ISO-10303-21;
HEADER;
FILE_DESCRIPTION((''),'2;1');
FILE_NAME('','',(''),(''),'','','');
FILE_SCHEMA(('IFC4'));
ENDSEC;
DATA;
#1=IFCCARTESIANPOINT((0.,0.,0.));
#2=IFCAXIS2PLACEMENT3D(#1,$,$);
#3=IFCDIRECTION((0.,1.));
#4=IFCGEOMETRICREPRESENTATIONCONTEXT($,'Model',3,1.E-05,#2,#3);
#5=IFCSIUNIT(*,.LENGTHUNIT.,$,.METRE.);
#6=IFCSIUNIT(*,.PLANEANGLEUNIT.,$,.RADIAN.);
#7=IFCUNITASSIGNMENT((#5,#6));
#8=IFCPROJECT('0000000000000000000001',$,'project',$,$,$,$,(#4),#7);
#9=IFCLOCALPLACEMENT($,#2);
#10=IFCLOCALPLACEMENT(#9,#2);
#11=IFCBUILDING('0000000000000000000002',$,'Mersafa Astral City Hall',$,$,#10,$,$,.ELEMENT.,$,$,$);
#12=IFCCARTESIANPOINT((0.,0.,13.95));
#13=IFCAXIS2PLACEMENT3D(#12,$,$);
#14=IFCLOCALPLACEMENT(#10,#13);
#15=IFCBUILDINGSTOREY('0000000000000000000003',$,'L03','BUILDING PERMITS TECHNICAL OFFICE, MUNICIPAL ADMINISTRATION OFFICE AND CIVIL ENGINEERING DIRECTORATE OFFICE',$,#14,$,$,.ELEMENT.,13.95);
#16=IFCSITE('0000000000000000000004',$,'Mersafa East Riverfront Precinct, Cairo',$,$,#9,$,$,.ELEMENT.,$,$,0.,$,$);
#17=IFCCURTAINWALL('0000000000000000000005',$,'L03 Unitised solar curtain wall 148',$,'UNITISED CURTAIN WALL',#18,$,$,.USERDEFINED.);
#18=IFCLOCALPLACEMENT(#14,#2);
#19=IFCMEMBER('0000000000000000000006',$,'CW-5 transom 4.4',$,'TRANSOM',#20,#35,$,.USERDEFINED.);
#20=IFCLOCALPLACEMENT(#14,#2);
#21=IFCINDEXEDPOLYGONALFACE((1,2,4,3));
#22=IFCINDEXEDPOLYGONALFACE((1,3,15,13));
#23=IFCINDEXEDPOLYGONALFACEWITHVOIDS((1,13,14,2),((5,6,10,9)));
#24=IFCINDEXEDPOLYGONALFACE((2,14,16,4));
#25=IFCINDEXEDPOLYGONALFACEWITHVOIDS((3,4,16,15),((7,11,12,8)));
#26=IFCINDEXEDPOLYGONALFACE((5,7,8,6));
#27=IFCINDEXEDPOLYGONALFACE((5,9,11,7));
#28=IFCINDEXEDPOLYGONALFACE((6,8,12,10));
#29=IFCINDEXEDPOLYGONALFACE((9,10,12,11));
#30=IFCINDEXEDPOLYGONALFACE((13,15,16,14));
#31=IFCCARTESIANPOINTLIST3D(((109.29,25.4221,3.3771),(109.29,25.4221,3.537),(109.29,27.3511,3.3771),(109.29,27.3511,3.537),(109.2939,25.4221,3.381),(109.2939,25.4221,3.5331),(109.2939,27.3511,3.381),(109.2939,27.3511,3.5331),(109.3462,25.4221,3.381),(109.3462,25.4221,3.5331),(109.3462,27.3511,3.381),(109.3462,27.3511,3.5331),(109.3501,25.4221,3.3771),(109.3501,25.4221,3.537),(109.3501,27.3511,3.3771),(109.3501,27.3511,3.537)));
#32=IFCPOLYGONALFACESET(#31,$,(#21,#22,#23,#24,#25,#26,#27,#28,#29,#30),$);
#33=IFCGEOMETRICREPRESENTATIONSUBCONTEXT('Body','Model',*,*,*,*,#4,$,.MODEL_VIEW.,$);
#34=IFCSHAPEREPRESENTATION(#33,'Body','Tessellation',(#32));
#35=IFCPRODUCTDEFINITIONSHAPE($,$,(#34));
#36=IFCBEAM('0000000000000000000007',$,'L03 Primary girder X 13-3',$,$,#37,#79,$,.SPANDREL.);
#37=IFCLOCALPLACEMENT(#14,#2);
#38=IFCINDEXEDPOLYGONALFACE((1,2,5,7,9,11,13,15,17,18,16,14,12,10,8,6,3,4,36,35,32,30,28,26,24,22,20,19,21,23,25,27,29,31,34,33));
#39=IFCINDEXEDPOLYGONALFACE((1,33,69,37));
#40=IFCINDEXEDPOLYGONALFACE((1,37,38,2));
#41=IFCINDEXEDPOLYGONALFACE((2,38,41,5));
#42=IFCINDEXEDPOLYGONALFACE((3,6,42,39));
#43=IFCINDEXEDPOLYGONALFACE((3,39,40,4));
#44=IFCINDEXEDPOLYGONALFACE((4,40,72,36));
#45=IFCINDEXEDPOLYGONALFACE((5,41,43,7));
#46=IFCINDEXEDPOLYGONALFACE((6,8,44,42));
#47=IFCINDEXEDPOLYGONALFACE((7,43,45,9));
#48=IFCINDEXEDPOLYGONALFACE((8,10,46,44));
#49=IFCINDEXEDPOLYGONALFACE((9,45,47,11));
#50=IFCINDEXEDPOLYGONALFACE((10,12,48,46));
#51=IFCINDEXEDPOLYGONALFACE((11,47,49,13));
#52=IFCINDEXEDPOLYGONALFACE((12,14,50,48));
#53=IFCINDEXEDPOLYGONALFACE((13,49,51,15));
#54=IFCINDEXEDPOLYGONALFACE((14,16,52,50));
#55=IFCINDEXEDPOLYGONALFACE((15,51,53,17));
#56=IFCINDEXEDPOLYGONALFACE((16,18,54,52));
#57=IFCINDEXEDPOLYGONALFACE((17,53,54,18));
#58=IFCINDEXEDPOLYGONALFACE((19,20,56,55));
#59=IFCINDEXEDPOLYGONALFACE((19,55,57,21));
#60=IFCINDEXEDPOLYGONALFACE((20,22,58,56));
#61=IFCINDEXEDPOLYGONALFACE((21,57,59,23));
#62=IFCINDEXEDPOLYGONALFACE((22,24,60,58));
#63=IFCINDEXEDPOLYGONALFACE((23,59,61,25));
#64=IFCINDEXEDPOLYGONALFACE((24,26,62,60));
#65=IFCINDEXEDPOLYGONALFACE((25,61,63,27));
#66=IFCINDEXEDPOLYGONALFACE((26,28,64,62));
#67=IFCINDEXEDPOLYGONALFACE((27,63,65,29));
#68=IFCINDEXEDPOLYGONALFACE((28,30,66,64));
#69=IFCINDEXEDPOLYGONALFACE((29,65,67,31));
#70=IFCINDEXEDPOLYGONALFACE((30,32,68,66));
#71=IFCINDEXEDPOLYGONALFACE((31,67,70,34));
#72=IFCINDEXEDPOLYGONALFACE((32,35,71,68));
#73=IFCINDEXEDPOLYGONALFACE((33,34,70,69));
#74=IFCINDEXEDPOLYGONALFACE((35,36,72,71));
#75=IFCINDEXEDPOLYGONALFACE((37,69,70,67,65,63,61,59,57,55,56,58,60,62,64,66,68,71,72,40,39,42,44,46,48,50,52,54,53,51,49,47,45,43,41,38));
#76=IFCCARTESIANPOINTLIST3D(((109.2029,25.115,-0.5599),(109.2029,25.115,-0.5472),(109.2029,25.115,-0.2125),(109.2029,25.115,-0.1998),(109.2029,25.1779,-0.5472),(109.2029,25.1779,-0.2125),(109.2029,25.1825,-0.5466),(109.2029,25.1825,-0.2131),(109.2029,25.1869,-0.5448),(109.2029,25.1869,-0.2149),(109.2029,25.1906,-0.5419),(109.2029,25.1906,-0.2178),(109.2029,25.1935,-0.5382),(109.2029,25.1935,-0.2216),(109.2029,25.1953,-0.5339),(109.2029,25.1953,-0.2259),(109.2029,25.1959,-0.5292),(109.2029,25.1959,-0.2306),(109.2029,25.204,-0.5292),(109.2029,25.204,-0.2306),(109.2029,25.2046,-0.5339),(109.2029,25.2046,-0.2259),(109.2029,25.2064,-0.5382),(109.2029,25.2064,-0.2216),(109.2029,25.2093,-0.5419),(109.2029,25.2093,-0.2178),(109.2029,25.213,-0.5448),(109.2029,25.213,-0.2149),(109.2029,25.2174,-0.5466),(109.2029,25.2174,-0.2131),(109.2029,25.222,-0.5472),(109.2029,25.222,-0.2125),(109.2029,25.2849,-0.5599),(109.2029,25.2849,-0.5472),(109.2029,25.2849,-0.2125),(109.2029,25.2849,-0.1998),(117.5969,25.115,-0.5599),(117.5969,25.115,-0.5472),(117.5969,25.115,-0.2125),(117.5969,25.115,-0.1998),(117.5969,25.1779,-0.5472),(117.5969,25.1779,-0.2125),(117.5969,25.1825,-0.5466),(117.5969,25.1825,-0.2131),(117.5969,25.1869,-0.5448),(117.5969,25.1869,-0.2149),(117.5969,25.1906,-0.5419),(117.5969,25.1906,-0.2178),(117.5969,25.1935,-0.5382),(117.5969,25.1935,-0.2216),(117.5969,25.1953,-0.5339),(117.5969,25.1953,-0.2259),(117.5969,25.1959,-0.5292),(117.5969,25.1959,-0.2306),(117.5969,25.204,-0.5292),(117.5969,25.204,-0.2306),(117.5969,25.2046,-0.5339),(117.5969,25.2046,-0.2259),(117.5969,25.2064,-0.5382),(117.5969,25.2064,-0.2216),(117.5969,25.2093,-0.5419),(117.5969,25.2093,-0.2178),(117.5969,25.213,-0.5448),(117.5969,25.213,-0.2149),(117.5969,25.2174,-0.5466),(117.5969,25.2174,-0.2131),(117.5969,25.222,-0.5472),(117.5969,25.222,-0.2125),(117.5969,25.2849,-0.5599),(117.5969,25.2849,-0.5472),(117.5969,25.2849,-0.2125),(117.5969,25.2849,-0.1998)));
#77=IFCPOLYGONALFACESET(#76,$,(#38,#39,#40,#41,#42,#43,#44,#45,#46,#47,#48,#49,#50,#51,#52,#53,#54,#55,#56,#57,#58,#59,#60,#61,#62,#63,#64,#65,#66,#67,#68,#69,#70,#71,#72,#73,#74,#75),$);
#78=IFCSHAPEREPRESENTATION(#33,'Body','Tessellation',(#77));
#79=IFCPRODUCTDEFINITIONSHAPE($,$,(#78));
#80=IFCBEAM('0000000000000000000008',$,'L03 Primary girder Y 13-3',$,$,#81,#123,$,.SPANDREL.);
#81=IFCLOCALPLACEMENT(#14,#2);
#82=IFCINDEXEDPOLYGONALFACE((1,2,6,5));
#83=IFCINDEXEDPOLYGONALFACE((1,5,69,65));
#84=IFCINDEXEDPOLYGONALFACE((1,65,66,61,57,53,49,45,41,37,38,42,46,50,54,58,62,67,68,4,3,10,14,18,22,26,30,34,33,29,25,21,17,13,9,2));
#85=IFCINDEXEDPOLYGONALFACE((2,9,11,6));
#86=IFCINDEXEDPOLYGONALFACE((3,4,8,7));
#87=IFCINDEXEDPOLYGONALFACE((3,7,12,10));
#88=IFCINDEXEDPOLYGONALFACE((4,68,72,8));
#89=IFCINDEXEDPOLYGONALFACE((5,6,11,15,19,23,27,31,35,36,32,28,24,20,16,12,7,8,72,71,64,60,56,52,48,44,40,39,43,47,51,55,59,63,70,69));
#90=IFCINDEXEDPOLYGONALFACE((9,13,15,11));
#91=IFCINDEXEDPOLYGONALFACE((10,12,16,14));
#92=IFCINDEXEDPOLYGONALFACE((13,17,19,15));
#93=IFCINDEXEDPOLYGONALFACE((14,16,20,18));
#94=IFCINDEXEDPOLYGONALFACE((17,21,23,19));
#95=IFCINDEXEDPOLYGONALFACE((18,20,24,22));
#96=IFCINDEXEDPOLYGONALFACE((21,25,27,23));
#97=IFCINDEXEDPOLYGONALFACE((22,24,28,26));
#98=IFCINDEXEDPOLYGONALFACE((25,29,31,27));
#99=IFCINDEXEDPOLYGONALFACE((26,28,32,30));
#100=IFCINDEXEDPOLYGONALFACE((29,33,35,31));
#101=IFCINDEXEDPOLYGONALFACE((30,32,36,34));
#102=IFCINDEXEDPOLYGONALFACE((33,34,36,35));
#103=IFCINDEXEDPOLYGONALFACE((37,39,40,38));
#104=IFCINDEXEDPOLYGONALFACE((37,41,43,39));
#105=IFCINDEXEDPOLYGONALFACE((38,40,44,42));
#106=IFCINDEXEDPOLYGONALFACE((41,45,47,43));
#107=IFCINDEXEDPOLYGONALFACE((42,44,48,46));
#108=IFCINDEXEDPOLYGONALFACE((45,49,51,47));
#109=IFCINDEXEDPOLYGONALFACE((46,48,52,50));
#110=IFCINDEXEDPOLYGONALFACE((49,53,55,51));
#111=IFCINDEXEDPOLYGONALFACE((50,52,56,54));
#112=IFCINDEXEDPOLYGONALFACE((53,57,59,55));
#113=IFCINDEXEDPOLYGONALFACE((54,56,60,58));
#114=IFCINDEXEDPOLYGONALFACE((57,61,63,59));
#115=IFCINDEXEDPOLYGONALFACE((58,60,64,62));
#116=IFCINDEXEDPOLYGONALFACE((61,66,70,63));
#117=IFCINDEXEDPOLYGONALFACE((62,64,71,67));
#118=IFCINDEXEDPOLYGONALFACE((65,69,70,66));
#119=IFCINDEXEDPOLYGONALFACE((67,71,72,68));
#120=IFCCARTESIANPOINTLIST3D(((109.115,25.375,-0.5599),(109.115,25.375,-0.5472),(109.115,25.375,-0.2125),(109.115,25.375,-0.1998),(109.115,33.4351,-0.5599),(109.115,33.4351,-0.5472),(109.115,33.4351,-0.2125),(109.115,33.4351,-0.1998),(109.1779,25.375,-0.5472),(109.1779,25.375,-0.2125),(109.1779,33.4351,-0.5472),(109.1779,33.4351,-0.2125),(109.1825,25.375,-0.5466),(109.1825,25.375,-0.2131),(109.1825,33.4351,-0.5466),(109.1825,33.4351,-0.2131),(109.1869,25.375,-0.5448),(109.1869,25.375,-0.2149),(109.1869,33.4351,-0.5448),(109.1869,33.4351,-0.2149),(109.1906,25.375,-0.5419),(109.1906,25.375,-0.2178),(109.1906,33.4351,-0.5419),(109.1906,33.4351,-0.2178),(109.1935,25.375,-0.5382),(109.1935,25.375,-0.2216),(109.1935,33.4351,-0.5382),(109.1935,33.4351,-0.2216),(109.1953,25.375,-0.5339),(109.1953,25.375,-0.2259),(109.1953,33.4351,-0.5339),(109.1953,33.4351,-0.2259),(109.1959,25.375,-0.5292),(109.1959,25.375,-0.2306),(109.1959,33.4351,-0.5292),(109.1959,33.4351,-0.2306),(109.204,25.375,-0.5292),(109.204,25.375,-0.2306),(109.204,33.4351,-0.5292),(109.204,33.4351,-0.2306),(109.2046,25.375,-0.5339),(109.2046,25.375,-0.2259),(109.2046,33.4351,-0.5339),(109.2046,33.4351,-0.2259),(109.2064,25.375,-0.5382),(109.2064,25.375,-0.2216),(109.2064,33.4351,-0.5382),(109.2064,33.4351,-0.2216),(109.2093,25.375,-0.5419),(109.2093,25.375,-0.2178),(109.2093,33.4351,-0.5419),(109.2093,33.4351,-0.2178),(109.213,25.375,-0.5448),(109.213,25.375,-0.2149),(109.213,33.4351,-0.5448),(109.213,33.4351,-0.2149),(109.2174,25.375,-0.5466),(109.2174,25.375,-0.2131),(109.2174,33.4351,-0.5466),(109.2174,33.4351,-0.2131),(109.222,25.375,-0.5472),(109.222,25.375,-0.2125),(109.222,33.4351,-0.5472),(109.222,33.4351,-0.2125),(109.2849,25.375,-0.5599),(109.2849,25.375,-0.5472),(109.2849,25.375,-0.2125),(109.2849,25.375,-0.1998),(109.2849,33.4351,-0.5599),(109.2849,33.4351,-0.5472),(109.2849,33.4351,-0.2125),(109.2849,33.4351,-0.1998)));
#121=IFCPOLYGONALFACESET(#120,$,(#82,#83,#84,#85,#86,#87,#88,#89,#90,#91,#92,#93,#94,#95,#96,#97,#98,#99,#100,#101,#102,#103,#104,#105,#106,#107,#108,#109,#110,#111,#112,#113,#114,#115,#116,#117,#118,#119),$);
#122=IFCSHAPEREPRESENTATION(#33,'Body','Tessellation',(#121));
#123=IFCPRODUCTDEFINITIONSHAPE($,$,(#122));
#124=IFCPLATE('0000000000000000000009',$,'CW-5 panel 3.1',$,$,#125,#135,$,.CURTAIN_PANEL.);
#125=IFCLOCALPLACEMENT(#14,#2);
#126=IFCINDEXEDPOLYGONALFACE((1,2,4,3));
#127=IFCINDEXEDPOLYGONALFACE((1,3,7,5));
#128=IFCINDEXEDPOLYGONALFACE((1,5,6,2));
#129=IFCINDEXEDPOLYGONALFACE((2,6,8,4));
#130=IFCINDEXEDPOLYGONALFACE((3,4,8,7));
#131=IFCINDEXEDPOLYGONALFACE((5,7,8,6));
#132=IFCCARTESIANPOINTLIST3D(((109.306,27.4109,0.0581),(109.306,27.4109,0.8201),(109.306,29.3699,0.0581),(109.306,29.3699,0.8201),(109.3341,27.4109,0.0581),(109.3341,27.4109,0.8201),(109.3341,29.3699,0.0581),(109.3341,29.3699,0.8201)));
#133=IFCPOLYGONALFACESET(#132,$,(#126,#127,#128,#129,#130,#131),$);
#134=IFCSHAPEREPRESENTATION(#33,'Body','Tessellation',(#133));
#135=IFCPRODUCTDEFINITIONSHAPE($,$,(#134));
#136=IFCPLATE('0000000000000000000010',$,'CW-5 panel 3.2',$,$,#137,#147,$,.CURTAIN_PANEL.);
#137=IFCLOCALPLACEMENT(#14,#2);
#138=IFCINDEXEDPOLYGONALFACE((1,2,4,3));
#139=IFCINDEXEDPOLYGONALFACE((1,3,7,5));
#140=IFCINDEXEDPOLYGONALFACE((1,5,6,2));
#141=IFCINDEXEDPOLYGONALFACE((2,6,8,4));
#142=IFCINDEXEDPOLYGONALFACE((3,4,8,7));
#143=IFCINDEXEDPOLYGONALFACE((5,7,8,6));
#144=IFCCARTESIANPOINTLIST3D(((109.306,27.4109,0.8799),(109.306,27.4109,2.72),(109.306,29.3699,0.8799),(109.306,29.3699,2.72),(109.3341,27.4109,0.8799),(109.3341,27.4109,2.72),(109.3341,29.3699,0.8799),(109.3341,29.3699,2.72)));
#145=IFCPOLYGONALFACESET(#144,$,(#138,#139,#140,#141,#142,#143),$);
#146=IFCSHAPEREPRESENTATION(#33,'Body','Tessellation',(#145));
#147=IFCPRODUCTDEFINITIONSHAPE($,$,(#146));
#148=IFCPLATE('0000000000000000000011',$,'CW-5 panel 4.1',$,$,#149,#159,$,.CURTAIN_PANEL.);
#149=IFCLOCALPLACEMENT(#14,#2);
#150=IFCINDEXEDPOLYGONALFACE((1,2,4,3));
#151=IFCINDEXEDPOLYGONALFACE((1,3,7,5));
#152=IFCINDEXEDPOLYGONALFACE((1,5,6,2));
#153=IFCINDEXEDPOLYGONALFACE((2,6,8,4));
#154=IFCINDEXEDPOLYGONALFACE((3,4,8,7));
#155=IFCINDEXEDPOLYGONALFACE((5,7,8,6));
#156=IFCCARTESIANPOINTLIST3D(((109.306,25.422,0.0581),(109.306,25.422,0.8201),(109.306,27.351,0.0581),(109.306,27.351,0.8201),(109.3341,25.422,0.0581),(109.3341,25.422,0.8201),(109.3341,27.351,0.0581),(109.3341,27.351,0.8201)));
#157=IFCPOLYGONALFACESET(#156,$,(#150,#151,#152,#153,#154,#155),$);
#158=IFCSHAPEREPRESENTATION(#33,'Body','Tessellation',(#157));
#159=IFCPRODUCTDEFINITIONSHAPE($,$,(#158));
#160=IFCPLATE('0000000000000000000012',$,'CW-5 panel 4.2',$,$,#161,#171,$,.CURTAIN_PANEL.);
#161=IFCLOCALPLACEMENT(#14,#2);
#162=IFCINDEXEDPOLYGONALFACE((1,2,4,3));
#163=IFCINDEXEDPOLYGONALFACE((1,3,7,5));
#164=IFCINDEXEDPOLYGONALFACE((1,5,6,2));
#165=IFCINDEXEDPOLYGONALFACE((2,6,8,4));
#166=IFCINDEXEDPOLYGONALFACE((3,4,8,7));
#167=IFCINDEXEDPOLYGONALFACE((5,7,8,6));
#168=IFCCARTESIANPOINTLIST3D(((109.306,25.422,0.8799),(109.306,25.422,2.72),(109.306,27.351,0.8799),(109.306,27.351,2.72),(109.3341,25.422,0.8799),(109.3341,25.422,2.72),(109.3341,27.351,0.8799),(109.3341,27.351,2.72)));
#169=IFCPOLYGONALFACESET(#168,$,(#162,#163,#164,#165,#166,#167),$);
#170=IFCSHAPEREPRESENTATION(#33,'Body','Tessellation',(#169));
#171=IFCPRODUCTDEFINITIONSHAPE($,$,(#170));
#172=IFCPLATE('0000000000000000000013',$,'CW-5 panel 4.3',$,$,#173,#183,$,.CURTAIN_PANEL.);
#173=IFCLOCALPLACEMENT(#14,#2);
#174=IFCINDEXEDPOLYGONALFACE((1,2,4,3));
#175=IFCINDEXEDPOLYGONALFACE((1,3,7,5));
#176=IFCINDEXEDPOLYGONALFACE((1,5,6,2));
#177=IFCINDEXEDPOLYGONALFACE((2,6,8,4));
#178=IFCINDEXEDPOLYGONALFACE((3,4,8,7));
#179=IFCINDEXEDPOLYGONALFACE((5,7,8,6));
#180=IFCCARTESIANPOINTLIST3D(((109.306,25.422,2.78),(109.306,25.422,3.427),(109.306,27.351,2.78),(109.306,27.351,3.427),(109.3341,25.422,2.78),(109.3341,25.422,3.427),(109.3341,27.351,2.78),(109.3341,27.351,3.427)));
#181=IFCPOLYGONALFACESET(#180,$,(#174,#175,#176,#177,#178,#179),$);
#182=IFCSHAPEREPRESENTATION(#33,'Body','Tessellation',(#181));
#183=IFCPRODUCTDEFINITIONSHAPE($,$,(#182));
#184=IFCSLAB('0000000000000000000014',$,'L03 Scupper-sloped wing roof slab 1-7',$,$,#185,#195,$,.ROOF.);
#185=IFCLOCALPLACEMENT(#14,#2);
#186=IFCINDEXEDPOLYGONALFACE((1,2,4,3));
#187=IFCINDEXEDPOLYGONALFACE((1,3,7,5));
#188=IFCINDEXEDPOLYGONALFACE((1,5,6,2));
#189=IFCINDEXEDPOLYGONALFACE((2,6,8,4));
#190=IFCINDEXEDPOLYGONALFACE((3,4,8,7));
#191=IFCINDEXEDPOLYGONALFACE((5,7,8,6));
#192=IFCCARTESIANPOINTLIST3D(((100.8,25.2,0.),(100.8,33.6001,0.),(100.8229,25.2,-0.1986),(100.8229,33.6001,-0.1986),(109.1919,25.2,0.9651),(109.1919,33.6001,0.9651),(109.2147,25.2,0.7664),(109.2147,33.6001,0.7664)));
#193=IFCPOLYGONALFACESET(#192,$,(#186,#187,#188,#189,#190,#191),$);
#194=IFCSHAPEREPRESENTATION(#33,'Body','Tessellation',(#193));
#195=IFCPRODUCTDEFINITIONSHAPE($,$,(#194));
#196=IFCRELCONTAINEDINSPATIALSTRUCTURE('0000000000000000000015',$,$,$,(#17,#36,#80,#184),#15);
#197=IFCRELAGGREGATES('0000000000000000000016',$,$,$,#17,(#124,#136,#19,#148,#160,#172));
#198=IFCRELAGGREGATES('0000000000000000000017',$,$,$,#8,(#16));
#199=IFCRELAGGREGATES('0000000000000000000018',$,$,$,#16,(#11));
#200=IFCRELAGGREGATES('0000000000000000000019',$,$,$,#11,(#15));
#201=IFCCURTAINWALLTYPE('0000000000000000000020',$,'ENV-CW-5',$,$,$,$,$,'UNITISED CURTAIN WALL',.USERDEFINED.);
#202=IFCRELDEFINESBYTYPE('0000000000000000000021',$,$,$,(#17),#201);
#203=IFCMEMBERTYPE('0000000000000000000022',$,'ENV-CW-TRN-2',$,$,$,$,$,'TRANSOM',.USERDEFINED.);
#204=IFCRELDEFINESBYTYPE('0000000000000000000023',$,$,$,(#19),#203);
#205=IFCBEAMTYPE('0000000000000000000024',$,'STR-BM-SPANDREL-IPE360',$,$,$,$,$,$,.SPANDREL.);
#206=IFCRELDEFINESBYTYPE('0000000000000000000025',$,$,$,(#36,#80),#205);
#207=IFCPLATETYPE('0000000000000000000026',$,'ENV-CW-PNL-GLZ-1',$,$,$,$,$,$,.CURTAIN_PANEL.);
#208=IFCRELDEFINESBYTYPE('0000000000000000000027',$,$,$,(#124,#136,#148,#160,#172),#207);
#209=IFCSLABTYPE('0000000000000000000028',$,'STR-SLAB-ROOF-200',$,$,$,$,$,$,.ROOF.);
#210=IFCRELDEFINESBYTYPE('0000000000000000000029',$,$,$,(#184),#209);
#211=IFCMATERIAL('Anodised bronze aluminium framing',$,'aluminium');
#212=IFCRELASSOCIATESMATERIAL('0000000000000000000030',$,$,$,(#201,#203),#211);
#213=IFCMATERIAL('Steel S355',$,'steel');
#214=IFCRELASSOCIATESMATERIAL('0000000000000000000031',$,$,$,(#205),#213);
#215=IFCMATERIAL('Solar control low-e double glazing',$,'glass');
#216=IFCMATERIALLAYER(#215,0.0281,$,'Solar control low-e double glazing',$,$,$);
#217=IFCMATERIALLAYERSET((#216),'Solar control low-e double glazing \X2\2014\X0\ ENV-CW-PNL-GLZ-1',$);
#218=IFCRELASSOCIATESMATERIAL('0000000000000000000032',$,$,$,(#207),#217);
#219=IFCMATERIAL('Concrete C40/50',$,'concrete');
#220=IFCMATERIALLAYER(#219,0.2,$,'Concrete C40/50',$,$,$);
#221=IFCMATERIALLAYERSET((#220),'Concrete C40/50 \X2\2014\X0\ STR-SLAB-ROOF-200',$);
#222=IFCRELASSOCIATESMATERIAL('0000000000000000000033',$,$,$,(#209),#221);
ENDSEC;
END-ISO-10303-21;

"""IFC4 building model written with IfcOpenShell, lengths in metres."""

from ifc_helpers import new_model, si_unit, direction, frame, origin, origin_2d, place, context, subcontext, project, spatial, polyline, rectangle, hollow_rectangle, i_section, outline, extrude, material, layer, layer_set, material_profile, profile_set, type_object, element, aggregate, save


model = new_model("IFC4")

# Units and contexts
model_context = context("Model", 3, precision=1e-05, world=origin(), true_north=direction((0.0, 1.0)))
body_context = subcontext(model_context, "Body", "Model", "MODEL_VIEW")
ifc_project = project(units=[si_unit("LENGTHUNIT", "METRE"), si_unit("PLANEANGLEUNIT", "RADIAN")], contexts=[model_context])

# Site, building, storey
site_placement = place(None, origin())
site = spatial("IfcSite", under=ifc_project, at=site_placement, Name="Mersafa East Riverfront Precinct, Cairo", CompositionType="ELEMENT", RefElevation=0.0)
building_placement = place(site_placement, origin())
building = spatial("IfcBuilding", under=site, at=building_placement, Name="Mersafa Astral City Hall", CompositionType="ELEMENT")
storey_placement = place(building_placement, frame((0.0, 0.0, 13.95)))
storey = spatial("IfcBuildingStorey", under=building, at=storey_placement, Name="L03", Description="BUILDING PERMITS TECHNICAL OFFICE, MUNICIPAL ADMINISTRATION OFFICE AND CIVIL ENGINEERING DIRECTORATE OFFICE", CompositionType="ELEMENT", Elevation=13.95)

# Shared definitions
ifc_material_1 = material(Name="Steel S355", Category="steel")

# Curtain wall, member
ifc_material_2 = material(Name="Anodised bronze aluminium framing", Category="aluminium")
curtain_wall_type = type_object("IfcCurtainWallType", Name="ENV-CW-5", ElementType="UNITISED CURTAIN WALL", PredefinedType="USERDEFINED", material=ifc_material_2)
curtain_wall_placement = place(storey_placement, origin())
curtain_wall = element("IfcCurtainWall", 1, at=curtain_wall_placement, inside=storey, type_object=curtain_wall_type, Name="L03 Unitised solar curtain wall 148", ObjectType="UNITISED CURTAIN WALL", PredefinedType="USERDEFINED")
ifc_material_profile_1 = material_profile(ifc_material_2, hollow_rectangle(XDim=0.0601, YDim=0.1599, WallThickness=0.0039, at=origin_2d()), Name="RHS 60x160x4")
ifc_profile_set_1 = profile_set([ifc_material_profile_1], Name="Anodised bronze aluminium framing")
member_type_1 = type_object("IfcMemberType", Name="ENV-CW-TRN-2", ElementType="TRANSOM", PredefinedType="USERDEFINED", material=ifc_profile_set_1)
member_1_placement = place(storey_placement, frame((109.3201, 27.3511, 3.457), z_axis=(0.0, -1.0, 0.0), x_axis=(1.0, 0.0, 0.0)))
member_1 = element("IfcMember", 2, at=member_1_placement, type_object=member_type_1, Name="CW-5 transom 4.4", ObjectType="TRANSOM", PredefinedType="USERDEFINED", context=body_context, shape_type="SweptSolid", body=[
    extrude(hollow_rectangle(XDim=0.0601, YDim=0.1599, WallThickness=0.0039, at=origin_2d()), origin(), (0.0, 0.0, 1.0), 1.929),
])

# Beams
ifc_material_profile_2 = material_profile(ifc_material_1, i_section(OverallWidth=0.1699, OverallDepth=0.3601, WebThickness=0.0081, FlangeThickness=0.0127, FilletRadius=0.0181, at=origin_2d()), Name="IPE 360")
ifc_profile_set_2 = profile_set([ifc_material_profile_2], Name="Steel S355")
beam_type = type_object("IfcBeamType", Name="STR-BM-SPANDREL-IPE360", PredefinedType="SPANDREL", material=ifc_profile_set_2)
beam_1_placement = place(storey_placement, frame((109.2029, 25.2, -0.3799), z_axis=(1.0, 0.0, 0.0), x_axis=(0.0, 1.0, 0.0)))
element("IfcBeam", 3, at=beam_1_placement, inside=storey, type_object=beam_type, Name="L03 Primary girder X 13-3", PredefinedType="SPANDREL", context=body_context, shape_type="SweptSolid", body=[
    extrude(i_section(OverallWidth=0.1699, OverallDepth=0.3601, WebThickness=0.0081, FlangeThickness=0.0127, FilletRadius=0.0181, at=origin_2d()), origin(), (0.0, 0.0, 1.0), 8.394),
])
beam_2_placement = place(storey_placement, frame((109.2, 25.375, -0.3799), z_axis=(0.0, 1.0, 0.0), x_axis=(-1.0, 0.0, 0.0)))
element("IfcBeam", 4, at=beam_2_placement, inside=storey, type_object=beam_type, Name="L03 Primary girder Y 13-3", PredefinedType="SPANDREL", context=body_context, shape_type="SweptSolid", body=[
    extrude(i_section(OverallWidth=0.1699, OverallDepth=0.3601, WebThickness=0.0081, FlangeThickness=0.0127, FilletRadius=0.0181, at=origin_2d()), origin(), (0.0, 0.0, 1.0), 8.0601),
])

# Plates
ifc_material_3 = material(Name="Solar control low-e double glazing", Category="glass")
ifc_layer_1 = layer(ifc_material_3, 0.0281, Name="Solar control low-e double glazing")
ifc_layer_set_1 = layer_set([ifc_layer_1], Name="Solar control low-e double glazing — ENV-CW-PNL-GLZ-1")
plate_type = type_object("IfcPlateType", Name="ENV-CW-PNL-GLZ-1", PredefinedType="CURTAIN_PANEL", material=ifc_layer_set_1)
plate_1_placement = place(storey_placement, frame((109.3201, 28.3904, 0.0581), z_axis=(0.0, 0.0, 1.0), x_axis=(0.0, -1.0, 0.0)))
plate_1 = element("IfcPlate", 5, at=plate_1_placement, type_object=plate_type, Name="CW-5 panel 3.1", PredefinedType="CURTAIN_PANEL", context=body_context, shape_type="SweptSolid", body=[
    extrude(rectangle(XDim=1.959, YDim=0.0281, at=origin_2d()), origin(), (0.0, 0.0, 1.0), 0.762),
])
plate_2_placement = place(storey_placement, frame((109.3201, 28.3904, 0.8799), z_axis=(0.0, 0.0, 1.0), x_axis=(0.0, -1.0, 0.0)))
plate_2 = element("IfcPlate", 6, at=plate_2_placement, type_object=plate_type, Name="CW-5 panel 3.2", PredefinedType="CURTAIN_PANEL", context=body_context, shape_type="SweptSolid", body=[
    extrude(rectangle(XDim=1.959, YDim=0.0281, at=origin_2d()), origin(), (0.0, 0.0, 1.0), 1.8401),
])
plate_3_placement = place(storey_placement, frame((109.3201, 26.3865, 0.0581), z_axis=(0.0, 0.0, 1.0), x_axis=(0.0, -1.0, 0.0)))
plate_3 = element("IfcPlate", 7, at=plate_3_placement, type_object=plate_type, Name="CW-5 panel 4.1", PredefinedType="CURTAIN_PANEL", context=body_context, shape_type="SweptSolid", body=[
    extrude(rectangle(XDim=1.929, YDim=0.0281, at=origin_2d()), origin(), (0.0, 0.0, 1.0), 0.762),
])
plate_4_placement = place(storey_placement, frame((109.3201, 26.3865, 0.8799), z_axis=(0.0, 0.0, 1.0), x_axis=(0.0, -1.0, 0.0)))
plate_4 = element("IfcPlate", 8, at=plate_4_placement, type_object=plate_type, Name="CW-5 panel 4.2", PredefinedType="CURTAIN_PANEL", context=body_context, shape_type="SweptSolid", body=[
    extrude(rectangle(XDim=1.929, YDim=0.0281, at=origin_2d()), origin(), (0.0, 0.0, 1.0), 1.8401),
])
plate_5_placement = place(storey_placement, frame((109.3201, 26.3865, 2.78), z_axis=(0.0, 0.0, 1.0), x_axis=(0.0, -1.0, 0.0)))
plate_5 = element("IfcPlate", 9, at=plate_5_placement, type_object=plate_type, Name="CW-5 panel 4.3", PredefinedType="CURTAIN_PANEL", context=body_context, shape_type="SweptSolid", body=[
    extrude(rectangle(XDim=1.929, YDim=0.0281, at=origin_2d()), origin(), (0.0, 0.0, 1.0), 0.647),
])
aggregate(curtain_wall, [plate_1, plate_2, member_1, plate_3, plate_4, plate_5])

# Slab
ifc_material_4 = material(Name="Concrete C40/50", Category="concrete")
ifc_layer_2 = layer(ifc_material_4, 0.2, Name="Concrete C40/50")
ifc_layer_set_2 = layer_set([ifc_layer_2], Name="Concrete C40/50 — STR-SLAB-ROOF-200")
slab_type = type_object("IfcSlabType", Name="STR-SLAB-ROOF-200", PredefinedType="ROOF", material=ifc_layer_set_2)
slab_1_placement = place(storey_placement, frame((109.1919, 25.2, 0.9651), z_axis=(-0.11425, 0.0, 0.993452), x_axis=(0.0, 1.0, 0.0)))
element("IfcSlab", 10, at=slab_1_placement, inside=storey, type_object=slab_type, Name="L03 Scupper-sloped wing roof slab 1-7", PredefinedType="ROOF", context=body_context, shape_type="SweptSolid", body=[
    extrude(outline(polyline([(0.0, 0.0), (8.4001, 0.0), (8.4001, 8.4472), (0.0, 8.4472), (0.0, 0.0)])), origin(), (0.0, 0.0, -1.0), 0.2),
])

save(model, "model.ifc")
